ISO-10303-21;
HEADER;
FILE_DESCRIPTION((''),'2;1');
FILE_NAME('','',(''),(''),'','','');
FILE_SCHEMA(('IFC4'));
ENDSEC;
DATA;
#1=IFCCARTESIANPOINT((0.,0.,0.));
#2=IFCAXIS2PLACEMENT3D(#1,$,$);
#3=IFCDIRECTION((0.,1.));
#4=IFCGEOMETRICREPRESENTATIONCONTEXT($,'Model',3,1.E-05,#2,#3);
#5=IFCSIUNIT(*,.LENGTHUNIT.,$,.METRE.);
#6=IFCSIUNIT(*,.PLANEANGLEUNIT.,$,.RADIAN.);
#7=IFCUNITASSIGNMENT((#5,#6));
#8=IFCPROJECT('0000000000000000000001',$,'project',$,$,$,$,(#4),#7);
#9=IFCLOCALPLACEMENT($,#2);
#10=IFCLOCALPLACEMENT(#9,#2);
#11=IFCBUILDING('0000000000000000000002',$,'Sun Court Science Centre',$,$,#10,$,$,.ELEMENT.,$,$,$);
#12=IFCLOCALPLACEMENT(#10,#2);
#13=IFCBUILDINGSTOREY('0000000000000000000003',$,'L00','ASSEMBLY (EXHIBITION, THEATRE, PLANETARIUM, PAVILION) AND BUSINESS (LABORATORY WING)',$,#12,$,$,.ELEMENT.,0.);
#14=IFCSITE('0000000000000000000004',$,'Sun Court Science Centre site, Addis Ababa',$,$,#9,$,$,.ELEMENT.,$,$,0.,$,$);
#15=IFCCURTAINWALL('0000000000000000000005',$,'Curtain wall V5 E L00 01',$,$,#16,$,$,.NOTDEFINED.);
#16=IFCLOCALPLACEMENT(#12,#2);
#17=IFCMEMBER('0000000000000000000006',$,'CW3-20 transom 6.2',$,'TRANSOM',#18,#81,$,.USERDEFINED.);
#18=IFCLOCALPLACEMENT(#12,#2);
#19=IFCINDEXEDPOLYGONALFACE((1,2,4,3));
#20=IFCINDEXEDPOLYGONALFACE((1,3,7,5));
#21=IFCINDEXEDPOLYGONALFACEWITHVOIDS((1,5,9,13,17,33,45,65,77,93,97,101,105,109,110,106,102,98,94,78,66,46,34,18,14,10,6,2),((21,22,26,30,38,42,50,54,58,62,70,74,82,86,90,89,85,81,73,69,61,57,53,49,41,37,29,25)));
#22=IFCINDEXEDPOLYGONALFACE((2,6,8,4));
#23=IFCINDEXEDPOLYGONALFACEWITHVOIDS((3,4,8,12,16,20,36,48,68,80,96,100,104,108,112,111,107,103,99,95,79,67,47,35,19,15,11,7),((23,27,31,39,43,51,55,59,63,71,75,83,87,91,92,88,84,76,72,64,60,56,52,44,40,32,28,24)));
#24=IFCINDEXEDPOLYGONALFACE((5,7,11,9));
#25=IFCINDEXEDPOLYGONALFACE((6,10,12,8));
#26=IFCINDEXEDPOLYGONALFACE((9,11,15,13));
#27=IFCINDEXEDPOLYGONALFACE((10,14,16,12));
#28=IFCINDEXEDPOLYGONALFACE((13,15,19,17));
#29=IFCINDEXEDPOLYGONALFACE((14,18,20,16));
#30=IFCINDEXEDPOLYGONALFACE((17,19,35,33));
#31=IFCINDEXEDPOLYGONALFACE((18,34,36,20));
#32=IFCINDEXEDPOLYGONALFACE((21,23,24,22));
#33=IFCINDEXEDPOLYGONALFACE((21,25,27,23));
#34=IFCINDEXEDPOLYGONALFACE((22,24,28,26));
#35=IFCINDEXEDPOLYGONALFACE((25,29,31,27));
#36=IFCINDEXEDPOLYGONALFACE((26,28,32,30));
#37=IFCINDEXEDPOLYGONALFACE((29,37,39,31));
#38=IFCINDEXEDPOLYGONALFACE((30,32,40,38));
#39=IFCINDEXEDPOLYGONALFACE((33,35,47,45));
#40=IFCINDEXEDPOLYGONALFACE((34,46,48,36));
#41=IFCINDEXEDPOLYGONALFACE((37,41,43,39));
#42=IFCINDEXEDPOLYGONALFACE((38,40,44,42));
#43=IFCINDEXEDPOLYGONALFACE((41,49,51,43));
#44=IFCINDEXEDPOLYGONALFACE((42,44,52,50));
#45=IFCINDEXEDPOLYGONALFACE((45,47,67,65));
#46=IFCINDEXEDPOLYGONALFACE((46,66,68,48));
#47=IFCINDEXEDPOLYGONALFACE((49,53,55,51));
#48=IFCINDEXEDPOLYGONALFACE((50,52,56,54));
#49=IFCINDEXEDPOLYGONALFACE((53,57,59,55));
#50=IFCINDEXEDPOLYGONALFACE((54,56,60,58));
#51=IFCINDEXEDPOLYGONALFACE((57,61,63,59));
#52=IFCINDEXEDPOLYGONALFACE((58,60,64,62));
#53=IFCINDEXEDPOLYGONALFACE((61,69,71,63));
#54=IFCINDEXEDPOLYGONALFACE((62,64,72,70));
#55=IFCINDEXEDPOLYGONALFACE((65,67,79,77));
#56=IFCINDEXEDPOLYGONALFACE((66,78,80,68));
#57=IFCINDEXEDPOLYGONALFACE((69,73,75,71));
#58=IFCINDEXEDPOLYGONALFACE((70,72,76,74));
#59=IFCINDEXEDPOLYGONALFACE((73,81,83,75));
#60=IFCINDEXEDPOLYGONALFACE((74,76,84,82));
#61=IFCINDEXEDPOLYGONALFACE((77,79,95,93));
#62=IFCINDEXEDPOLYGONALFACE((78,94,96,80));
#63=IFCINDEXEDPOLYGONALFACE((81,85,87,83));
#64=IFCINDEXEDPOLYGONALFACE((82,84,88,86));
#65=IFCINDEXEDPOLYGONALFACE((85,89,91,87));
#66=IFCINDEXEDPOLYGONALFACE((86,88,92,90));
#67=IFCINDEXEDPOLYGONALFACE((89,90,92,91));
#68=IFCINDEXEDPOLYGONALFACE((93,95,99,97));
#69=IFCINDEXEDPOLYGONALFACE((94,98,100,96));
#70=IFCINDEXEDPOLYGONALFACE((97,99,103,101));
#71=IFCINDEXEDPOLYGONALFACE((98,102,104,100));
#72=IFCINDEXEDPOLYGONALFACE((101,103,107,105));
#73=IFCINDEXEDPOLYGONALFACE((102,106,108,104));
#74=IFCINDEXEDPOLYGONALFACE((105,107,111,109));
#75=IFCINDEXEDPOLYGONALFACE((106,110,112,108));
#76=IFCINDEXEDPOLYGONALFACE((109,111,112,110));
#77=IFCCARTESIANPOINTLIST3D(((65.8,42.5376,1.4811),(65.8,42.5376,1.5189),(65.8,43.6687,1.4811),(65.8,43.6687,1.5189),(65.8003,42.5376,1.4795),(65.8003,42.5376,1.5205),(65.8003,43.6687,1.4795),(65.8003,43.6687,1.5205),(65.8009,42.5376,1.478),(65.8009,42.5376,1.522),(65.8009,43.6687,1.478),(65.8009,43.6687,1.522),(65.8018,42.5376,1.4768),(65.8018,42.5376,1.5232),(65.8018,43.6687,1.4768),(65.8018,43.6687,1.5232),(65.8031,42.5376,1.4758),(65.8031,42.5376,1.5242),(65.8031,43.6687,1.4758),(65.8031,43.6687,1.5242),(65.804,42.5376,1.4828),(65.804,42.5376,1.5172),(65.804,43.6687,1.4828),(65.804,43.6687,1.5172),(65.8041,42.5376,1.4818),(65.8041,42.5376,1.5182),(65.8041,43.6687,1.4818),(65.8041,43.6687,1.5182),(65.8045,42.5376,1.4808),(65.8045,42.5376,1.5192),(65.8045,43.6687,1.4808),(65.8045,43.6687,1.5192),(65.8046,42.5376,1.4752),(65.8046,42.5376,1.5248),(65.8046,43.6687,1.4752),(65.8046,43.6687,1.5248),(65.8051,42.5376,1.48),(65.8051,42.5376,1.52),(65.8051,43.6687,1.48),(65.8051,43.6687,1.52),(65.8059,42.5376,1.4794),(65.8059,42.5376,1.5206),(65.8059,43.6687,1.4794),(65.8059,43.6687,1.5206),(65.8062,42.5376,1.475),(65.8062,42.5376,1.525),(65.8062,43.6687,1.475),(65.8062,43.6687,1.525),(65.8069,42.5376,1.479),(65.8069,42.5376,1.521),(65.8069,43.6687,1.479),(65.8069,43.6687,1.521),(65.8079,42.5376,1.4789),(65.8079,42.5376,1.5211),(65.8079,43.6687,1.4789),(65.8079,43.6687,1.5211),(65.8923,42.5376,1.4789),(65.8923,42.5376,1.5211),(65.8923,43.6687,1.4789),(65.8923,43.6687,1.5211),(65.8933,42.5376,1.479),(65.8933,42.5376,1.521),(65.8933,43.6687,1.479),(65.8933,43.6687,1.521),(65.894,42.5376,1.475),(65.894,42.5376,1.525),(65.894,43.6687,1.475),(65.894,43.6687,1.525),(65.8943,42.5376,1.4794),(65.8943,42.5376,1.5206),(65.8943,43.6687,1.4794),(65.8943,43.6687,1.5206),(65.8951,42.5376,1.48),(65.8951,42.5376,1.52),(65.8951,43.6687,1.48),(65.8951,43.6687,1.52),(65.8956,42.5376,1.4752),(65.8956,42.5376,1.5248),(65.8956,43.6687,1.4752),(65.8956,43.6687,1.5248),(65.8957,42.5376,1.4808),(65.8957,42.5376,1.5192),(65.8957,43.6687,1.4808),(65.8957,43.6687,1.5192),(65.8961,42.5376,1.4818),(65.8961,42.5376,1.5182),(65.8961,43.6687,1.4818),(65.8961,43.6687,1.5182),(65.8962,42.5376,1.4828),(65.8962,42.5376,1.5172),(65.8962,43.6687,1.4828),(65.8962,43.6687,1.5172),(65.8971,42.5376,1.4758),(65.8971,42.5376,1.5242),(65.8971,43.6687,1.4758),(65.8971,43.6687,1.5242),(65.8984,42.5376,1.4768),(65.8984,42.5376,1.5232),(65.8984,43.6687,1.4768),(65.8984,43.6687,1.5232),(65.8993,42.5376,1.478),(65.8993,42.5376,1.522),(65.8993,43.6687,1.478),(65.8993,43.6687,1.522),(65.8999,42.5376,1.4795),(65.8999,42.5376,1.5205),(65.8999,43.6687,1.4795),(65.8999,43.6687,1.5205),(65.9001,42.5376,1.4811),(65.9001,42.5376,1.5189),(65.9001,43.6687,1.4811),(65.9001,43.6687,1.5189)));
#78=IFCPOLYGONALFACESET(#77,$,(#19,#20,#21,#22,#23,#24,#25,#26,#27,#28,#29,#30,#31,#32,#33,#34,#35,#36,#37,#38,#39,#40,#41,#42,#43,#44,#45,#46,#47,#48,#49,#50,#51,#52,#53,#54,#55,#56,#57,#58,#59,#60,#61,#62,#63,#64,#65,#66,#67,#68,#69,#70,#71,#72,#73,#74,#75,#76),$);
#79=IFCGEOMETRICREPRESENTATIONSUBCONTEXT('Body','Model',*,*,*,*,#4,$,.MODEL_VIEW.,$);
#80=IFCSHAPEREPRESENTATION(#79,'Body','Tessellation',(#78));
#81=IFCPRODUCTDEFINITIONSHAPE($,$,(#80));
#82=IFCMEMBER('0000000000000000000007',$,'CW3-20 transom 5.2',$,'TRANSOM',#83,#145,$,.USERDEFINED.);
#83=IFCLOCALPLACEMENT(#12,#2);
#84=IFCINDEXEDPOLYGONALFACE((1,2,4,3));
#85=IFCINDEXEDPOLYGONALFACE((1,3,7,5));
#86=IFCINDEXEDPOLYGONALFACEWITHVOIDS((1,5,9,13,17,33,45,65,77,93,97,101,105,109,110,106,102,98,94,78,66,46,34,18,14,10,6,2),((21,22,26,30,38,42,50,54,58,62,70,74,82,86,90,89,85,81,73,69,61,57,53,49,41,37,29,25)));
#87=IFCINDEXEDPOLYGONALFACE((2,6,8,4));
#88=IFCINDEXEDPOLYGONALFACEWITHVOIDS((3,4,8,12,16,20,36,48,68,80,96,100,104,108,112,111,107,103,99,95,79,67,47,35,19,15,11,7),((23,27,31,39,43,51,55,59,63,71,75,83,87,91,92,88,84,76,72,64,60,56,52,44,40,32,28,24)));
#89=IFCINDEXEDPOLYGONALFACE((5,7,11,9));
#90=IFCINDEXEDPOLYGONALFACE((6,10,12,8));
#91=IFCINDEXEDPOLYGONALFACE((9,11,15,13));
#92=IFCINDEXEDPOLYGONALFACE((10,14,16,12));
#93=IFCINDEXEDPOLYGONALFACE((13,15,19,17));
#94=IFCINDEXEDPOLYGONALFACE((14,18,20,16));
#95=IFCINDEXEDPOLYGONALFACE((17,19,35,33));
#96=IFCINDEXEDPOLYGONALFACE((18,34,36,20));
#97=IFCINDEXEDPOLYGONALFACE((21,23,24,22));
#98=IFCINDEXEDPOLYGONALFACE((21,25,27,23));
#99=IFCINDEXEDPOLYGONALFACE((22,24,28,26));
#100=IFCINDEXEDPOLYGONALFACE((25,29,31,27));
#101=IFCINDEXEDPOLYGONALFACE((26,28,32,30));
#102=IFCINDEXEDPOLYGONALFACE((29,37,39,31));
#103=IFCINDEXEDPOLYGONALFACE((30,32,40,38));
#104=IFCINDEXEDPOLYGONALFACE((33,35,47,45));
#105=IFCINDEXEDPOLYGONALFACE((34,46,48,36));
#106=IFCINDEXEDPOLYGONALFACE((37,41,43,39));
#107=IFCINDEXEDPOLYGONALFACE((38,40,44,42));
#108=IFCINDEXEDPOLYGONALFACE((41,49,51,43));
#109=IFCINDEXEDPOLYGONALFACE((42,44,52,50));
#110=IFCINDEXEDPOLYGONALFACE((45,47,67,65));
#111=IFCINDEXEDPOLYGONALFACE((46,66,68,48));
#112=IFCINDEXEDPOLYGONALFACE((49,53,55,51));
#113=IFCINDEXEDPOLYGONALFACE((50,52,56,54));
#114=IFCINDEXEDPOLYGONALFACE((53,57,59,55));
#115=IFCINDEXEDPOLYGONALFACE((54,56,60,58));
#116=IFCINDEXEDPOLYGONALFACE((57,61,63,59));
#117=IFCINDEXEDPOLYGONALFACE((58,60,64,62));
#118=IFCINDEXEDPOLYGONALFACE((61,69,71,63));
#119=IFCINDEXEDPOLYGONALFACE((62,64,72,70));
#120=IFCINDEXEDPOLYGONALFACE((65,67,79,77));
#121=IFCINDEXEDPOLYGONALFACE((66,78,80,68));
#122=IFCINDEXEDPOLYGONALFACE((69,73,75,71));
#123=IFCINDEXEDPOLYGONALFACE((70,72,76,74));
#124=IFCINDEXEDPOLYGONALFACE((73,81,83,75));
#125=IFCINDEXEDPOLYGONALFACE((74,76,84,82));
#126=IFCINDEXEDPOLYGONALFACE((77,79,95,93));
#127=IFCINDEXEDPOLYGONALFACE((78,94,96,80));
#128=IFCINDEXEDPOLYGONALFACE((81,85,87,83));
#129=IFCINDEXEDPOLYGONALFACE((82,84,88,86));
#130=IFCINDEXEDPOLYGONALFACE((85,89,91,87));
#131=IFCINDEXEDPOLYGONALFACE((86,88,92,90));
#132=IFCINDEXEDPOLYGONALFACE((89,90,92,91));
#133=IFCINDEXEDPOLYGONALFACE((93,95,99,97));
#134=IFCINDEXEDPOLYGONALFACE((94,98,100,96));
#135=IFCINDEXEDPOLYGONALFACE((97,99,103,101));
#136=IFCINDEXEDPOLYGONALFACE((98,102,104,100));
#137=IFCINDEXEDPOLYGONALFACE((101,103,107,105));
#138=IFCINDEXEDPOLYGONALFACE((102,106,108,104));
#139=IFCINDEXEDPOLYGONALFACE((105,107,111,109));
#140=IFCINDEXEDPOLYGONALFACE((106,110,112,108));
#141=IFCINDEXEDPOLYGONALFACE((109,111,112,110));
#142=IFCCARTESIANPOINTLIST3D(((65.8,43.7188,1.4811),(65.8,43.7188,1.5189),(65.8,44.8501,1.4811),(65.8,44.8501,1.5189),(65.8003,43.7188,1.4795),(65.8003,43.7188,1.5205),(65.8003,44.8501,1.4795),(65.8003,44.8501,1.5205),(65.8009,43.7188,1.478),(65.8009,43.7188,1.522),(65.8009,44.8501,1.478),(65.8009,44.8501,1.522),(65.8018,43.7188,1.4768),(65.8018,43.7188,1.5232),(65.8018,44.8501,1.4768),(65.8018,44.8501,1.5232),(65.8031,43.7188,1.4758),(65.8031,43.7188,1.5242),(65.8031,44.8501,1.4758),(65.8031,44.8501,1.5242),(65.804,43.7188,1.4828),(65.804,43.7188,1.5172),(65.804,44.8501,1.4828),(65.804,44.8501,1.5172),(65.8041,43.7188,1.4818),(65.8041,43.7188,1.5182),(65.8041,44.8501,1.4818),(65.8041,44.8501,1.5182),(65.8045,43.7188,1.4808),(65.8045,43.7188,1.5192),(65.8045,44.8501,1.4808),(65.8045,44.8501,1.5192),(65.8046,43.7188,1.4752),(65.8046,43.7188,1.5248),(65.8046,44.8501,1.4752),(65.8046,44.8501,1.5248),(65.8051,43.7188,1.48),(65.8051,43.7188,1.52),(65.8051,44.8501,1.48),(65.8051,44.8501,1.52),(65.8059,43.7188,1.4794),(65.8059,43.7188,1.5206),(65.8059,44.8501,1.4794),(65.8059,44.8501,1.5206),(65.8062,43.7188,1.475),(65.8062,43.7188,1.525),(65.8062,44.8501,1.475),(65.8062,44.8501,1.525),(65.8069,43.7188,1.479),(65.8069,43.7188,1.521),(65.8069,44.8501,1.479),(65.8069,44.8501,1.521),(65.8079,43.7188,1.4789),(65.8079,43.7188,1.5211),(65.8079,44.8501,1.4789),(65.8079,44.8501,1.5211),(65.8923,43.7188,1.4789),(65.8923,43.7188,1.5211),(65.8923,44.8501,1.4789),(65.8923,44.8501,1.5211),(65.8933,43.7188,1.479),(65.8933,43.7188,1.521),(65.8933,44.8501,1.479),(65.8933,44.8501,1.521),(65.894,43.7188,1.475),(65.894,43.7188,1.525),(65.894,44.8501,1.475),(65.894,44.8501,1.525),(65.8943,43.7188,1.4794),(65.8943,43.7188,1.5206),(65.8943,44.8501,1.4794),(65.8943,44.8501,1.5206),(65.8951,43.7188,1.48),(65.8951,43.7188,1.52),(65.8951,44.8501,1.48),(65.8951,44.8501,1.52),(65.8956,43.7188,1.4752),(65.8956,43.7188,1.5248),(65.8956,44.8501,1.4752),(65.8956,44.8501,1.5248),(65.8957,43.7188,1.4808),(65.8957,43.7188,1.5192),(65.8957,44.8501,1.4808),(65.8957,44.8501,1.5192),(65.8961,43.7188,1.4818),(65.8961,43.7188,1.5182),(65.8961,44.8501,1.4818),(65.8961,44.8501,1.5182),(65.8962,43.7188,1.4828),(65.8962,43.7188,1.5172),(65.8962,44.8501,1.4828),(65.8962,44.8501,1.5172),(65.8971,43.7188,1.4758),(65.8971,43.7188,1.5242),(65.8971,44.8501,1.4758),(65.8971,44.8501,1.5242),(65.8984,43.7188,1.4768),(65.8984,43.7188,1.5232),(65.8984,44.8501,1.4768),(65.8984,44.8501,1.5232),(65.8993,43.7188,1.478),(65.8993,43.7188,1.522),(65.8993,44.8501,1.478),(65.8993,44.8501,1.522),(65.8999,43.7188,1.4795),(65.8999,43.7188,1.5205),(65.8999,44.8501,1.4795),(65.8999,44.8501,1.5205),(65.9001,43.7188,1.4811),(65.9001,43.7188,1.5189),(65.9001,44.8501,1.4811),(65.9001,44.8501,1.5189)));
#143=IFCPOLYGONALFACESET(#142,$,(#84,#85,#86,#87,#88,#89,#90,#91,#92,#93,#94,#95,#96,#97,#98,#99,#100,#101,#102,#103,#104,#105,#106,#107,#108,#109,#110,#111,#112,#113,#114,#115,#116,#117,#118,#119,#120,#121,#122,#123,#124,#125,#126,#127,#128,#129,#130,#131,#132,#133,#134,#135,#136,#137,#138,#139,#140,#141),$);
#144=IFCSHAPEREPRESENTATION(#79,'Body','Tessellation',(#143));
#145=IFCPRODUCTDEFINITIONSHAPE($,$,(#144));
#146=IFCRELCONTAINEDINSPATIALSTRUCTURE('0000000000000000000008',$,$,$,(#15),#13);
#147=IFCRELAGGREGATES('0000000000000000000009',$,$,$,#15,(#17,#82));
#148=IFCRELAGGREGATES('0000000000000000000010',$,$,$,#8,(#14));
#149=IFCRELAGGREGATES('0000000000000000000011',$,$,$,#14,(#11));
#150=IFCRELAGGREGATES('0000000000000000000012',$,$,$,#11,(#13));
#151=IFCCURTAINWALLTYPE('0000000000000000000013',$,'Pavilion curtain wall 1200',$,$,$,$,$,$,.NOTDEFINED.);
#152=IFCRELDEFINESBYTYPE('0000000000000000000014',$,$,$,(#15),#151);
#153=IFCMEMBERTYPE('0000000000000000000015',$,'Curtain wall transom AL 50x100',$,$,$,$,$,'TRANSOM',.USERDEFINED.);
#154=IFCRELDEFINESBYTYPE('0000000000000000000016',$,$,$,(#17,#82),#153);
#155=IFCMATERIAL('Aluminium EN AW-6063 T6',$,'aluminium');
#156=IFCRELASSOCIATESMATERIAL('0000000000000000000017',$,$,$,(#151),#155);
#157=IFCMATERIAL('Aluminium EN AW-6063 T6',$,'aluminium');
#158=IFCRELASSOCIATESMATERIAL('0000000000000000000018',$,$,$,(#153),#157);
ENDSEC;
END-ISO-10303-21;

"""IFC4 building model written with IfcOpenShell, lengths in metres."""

from ifc_helpers import new_model, si_unit, direction, frame, origin, origin_2d, place, context, subcontext, project, spatial, hollow_rectangle, extrude, material, material_profile, profile_set, type_object, element, aggregate, save


model = new_model("IFC4")

# Units and contexts
model_context = context("Model", 3, precision=1e-05, world=origin(), true_north=direction((0.0, 1.0)))
body_context = subcontext(model_context, "Body", "Model", "MODEL_VIEW")
ifc_project = project(units=[si_unit("LENGTHUNIT", "METRE"), si_unit("PLANEANGLEUNIT", "RADIAN")], contexts=[model_context])

# Site, building, storey
site_placement = place(None, origin())
site = spatial("IfcSite", under=ifc_project, at=site_placement, Name="Sun Court Science Centre site, Addis Ababa", CompositionType="ELEMENT", RefElevation=0.0)
building_placement = place(site_placement, origin())
building = spatial("IfcBuilding", under=site, at=building_placement, Name="Sun Court Science Centre", CompositionType="ELEMENT")
storey_placement = place(building_placement, origin())
storey = spatial("IfcBuildingStorey", under=building, at=storey_placement, Name="L00", Description="ASSEMBLY (EXHIBITION, THEATRE, PLANETARIUM, PAVILION) AND BUSINESS (LABORATORY WING)", CompositionType="ELEMENT", Elevation=0.0)

# Curtain wall, members
ifc_material_1 = material(Name="Aluminium EN AW-6063 T6", Category="aluminium")
curtain_wall_type = type_object("IfcCurtainWallType", Name="Pavilion curtain wall 1200", PredefinedType="NOTDEFINED", material=ifc_material_1)
curtain_wall_placement = place(storey_placement, origin())
curtain_wall = element("IfcCurtainWall", 1, at=curtain_wall_placement, inside=storey, type_object=curtain_wall_type, Name="Curtain wall V5 E L00 01", PredefinedType="NOTDEFINED")
ifc_material_2 = material(Name="Aluminium EN AW-6063 T6", Category="aluminium")
ifc_material_profile = material_profile(ifc_material_2, hollow_rectangle(XDim=0.05, YDim=0.1001, WallThickness=0.0039, InnerFilletRadius=0.0039, OuterFilletRadius=0.0061, at=origin_2d()), Name="AL 50x100x4")
ifc_profile_set = profile_set([ifc_material_profile], Name="Aluminium EN AW-6063 T6")
member_type = type_object("IfcMemberType", Name="Curtain wall transom AL 50x100", ElementType="TRANSOM", PredefinedType="USERDEFINED", material=ifc_profile_set)
member_1_placement = place(storey_placement, frame((65.8501, 43.6687, 1.5), z_axis=(0.0, -1.0, 0.0), x_axis=(0.0, 0.0, 1.0)))
member_1 = element("IfcMember", 2, at=member_1_placement, type_object=member_type, Name="CW3-20 transom 6.2", ObjectType="TRANSOM", PredefinedType="USERDEFINED", context=body_context, shape_type="SweptSolid", body=[
    extrude(hollow_rectangle(XDim=0.05, YDim=0.1001, WallThickness=0.0039, InnerFilletRadius=0.0039, OuterFilletRadius=0.0061, at=origin_2d()), origin(), (0.0, 0.0, 1.0), 1.1311),
])
member_2_placement = place(storey_placement, frame((65.8501, 44.8501, 1.5), z_axis=(0.0, -1.0, 0.0), x_axis=(0.0, 0.0, 1.0)))
member_2 = element("IfcMember", 3, at=member_2_placement, type_object=member_type, Name="CW3-20 transom 5.2", ObjectType="TRANSOM", PredefinedType="USERDEFINED", context=body_context, shape_type="SweptSolid", body=[
    extrude(hollow_rectangle(XDim=0.05, YDim=0.1001, WallThickness=0.0039, InnerFilletRadius=0.0039, OuterFilletRadius=0.0061, at=origin_2d()), origin(), (0.0, 0.0, 1.0), 1.1313),
])
aggregate(curtain_wall, [member_1, member_2])

save(model, "model.ifc")
